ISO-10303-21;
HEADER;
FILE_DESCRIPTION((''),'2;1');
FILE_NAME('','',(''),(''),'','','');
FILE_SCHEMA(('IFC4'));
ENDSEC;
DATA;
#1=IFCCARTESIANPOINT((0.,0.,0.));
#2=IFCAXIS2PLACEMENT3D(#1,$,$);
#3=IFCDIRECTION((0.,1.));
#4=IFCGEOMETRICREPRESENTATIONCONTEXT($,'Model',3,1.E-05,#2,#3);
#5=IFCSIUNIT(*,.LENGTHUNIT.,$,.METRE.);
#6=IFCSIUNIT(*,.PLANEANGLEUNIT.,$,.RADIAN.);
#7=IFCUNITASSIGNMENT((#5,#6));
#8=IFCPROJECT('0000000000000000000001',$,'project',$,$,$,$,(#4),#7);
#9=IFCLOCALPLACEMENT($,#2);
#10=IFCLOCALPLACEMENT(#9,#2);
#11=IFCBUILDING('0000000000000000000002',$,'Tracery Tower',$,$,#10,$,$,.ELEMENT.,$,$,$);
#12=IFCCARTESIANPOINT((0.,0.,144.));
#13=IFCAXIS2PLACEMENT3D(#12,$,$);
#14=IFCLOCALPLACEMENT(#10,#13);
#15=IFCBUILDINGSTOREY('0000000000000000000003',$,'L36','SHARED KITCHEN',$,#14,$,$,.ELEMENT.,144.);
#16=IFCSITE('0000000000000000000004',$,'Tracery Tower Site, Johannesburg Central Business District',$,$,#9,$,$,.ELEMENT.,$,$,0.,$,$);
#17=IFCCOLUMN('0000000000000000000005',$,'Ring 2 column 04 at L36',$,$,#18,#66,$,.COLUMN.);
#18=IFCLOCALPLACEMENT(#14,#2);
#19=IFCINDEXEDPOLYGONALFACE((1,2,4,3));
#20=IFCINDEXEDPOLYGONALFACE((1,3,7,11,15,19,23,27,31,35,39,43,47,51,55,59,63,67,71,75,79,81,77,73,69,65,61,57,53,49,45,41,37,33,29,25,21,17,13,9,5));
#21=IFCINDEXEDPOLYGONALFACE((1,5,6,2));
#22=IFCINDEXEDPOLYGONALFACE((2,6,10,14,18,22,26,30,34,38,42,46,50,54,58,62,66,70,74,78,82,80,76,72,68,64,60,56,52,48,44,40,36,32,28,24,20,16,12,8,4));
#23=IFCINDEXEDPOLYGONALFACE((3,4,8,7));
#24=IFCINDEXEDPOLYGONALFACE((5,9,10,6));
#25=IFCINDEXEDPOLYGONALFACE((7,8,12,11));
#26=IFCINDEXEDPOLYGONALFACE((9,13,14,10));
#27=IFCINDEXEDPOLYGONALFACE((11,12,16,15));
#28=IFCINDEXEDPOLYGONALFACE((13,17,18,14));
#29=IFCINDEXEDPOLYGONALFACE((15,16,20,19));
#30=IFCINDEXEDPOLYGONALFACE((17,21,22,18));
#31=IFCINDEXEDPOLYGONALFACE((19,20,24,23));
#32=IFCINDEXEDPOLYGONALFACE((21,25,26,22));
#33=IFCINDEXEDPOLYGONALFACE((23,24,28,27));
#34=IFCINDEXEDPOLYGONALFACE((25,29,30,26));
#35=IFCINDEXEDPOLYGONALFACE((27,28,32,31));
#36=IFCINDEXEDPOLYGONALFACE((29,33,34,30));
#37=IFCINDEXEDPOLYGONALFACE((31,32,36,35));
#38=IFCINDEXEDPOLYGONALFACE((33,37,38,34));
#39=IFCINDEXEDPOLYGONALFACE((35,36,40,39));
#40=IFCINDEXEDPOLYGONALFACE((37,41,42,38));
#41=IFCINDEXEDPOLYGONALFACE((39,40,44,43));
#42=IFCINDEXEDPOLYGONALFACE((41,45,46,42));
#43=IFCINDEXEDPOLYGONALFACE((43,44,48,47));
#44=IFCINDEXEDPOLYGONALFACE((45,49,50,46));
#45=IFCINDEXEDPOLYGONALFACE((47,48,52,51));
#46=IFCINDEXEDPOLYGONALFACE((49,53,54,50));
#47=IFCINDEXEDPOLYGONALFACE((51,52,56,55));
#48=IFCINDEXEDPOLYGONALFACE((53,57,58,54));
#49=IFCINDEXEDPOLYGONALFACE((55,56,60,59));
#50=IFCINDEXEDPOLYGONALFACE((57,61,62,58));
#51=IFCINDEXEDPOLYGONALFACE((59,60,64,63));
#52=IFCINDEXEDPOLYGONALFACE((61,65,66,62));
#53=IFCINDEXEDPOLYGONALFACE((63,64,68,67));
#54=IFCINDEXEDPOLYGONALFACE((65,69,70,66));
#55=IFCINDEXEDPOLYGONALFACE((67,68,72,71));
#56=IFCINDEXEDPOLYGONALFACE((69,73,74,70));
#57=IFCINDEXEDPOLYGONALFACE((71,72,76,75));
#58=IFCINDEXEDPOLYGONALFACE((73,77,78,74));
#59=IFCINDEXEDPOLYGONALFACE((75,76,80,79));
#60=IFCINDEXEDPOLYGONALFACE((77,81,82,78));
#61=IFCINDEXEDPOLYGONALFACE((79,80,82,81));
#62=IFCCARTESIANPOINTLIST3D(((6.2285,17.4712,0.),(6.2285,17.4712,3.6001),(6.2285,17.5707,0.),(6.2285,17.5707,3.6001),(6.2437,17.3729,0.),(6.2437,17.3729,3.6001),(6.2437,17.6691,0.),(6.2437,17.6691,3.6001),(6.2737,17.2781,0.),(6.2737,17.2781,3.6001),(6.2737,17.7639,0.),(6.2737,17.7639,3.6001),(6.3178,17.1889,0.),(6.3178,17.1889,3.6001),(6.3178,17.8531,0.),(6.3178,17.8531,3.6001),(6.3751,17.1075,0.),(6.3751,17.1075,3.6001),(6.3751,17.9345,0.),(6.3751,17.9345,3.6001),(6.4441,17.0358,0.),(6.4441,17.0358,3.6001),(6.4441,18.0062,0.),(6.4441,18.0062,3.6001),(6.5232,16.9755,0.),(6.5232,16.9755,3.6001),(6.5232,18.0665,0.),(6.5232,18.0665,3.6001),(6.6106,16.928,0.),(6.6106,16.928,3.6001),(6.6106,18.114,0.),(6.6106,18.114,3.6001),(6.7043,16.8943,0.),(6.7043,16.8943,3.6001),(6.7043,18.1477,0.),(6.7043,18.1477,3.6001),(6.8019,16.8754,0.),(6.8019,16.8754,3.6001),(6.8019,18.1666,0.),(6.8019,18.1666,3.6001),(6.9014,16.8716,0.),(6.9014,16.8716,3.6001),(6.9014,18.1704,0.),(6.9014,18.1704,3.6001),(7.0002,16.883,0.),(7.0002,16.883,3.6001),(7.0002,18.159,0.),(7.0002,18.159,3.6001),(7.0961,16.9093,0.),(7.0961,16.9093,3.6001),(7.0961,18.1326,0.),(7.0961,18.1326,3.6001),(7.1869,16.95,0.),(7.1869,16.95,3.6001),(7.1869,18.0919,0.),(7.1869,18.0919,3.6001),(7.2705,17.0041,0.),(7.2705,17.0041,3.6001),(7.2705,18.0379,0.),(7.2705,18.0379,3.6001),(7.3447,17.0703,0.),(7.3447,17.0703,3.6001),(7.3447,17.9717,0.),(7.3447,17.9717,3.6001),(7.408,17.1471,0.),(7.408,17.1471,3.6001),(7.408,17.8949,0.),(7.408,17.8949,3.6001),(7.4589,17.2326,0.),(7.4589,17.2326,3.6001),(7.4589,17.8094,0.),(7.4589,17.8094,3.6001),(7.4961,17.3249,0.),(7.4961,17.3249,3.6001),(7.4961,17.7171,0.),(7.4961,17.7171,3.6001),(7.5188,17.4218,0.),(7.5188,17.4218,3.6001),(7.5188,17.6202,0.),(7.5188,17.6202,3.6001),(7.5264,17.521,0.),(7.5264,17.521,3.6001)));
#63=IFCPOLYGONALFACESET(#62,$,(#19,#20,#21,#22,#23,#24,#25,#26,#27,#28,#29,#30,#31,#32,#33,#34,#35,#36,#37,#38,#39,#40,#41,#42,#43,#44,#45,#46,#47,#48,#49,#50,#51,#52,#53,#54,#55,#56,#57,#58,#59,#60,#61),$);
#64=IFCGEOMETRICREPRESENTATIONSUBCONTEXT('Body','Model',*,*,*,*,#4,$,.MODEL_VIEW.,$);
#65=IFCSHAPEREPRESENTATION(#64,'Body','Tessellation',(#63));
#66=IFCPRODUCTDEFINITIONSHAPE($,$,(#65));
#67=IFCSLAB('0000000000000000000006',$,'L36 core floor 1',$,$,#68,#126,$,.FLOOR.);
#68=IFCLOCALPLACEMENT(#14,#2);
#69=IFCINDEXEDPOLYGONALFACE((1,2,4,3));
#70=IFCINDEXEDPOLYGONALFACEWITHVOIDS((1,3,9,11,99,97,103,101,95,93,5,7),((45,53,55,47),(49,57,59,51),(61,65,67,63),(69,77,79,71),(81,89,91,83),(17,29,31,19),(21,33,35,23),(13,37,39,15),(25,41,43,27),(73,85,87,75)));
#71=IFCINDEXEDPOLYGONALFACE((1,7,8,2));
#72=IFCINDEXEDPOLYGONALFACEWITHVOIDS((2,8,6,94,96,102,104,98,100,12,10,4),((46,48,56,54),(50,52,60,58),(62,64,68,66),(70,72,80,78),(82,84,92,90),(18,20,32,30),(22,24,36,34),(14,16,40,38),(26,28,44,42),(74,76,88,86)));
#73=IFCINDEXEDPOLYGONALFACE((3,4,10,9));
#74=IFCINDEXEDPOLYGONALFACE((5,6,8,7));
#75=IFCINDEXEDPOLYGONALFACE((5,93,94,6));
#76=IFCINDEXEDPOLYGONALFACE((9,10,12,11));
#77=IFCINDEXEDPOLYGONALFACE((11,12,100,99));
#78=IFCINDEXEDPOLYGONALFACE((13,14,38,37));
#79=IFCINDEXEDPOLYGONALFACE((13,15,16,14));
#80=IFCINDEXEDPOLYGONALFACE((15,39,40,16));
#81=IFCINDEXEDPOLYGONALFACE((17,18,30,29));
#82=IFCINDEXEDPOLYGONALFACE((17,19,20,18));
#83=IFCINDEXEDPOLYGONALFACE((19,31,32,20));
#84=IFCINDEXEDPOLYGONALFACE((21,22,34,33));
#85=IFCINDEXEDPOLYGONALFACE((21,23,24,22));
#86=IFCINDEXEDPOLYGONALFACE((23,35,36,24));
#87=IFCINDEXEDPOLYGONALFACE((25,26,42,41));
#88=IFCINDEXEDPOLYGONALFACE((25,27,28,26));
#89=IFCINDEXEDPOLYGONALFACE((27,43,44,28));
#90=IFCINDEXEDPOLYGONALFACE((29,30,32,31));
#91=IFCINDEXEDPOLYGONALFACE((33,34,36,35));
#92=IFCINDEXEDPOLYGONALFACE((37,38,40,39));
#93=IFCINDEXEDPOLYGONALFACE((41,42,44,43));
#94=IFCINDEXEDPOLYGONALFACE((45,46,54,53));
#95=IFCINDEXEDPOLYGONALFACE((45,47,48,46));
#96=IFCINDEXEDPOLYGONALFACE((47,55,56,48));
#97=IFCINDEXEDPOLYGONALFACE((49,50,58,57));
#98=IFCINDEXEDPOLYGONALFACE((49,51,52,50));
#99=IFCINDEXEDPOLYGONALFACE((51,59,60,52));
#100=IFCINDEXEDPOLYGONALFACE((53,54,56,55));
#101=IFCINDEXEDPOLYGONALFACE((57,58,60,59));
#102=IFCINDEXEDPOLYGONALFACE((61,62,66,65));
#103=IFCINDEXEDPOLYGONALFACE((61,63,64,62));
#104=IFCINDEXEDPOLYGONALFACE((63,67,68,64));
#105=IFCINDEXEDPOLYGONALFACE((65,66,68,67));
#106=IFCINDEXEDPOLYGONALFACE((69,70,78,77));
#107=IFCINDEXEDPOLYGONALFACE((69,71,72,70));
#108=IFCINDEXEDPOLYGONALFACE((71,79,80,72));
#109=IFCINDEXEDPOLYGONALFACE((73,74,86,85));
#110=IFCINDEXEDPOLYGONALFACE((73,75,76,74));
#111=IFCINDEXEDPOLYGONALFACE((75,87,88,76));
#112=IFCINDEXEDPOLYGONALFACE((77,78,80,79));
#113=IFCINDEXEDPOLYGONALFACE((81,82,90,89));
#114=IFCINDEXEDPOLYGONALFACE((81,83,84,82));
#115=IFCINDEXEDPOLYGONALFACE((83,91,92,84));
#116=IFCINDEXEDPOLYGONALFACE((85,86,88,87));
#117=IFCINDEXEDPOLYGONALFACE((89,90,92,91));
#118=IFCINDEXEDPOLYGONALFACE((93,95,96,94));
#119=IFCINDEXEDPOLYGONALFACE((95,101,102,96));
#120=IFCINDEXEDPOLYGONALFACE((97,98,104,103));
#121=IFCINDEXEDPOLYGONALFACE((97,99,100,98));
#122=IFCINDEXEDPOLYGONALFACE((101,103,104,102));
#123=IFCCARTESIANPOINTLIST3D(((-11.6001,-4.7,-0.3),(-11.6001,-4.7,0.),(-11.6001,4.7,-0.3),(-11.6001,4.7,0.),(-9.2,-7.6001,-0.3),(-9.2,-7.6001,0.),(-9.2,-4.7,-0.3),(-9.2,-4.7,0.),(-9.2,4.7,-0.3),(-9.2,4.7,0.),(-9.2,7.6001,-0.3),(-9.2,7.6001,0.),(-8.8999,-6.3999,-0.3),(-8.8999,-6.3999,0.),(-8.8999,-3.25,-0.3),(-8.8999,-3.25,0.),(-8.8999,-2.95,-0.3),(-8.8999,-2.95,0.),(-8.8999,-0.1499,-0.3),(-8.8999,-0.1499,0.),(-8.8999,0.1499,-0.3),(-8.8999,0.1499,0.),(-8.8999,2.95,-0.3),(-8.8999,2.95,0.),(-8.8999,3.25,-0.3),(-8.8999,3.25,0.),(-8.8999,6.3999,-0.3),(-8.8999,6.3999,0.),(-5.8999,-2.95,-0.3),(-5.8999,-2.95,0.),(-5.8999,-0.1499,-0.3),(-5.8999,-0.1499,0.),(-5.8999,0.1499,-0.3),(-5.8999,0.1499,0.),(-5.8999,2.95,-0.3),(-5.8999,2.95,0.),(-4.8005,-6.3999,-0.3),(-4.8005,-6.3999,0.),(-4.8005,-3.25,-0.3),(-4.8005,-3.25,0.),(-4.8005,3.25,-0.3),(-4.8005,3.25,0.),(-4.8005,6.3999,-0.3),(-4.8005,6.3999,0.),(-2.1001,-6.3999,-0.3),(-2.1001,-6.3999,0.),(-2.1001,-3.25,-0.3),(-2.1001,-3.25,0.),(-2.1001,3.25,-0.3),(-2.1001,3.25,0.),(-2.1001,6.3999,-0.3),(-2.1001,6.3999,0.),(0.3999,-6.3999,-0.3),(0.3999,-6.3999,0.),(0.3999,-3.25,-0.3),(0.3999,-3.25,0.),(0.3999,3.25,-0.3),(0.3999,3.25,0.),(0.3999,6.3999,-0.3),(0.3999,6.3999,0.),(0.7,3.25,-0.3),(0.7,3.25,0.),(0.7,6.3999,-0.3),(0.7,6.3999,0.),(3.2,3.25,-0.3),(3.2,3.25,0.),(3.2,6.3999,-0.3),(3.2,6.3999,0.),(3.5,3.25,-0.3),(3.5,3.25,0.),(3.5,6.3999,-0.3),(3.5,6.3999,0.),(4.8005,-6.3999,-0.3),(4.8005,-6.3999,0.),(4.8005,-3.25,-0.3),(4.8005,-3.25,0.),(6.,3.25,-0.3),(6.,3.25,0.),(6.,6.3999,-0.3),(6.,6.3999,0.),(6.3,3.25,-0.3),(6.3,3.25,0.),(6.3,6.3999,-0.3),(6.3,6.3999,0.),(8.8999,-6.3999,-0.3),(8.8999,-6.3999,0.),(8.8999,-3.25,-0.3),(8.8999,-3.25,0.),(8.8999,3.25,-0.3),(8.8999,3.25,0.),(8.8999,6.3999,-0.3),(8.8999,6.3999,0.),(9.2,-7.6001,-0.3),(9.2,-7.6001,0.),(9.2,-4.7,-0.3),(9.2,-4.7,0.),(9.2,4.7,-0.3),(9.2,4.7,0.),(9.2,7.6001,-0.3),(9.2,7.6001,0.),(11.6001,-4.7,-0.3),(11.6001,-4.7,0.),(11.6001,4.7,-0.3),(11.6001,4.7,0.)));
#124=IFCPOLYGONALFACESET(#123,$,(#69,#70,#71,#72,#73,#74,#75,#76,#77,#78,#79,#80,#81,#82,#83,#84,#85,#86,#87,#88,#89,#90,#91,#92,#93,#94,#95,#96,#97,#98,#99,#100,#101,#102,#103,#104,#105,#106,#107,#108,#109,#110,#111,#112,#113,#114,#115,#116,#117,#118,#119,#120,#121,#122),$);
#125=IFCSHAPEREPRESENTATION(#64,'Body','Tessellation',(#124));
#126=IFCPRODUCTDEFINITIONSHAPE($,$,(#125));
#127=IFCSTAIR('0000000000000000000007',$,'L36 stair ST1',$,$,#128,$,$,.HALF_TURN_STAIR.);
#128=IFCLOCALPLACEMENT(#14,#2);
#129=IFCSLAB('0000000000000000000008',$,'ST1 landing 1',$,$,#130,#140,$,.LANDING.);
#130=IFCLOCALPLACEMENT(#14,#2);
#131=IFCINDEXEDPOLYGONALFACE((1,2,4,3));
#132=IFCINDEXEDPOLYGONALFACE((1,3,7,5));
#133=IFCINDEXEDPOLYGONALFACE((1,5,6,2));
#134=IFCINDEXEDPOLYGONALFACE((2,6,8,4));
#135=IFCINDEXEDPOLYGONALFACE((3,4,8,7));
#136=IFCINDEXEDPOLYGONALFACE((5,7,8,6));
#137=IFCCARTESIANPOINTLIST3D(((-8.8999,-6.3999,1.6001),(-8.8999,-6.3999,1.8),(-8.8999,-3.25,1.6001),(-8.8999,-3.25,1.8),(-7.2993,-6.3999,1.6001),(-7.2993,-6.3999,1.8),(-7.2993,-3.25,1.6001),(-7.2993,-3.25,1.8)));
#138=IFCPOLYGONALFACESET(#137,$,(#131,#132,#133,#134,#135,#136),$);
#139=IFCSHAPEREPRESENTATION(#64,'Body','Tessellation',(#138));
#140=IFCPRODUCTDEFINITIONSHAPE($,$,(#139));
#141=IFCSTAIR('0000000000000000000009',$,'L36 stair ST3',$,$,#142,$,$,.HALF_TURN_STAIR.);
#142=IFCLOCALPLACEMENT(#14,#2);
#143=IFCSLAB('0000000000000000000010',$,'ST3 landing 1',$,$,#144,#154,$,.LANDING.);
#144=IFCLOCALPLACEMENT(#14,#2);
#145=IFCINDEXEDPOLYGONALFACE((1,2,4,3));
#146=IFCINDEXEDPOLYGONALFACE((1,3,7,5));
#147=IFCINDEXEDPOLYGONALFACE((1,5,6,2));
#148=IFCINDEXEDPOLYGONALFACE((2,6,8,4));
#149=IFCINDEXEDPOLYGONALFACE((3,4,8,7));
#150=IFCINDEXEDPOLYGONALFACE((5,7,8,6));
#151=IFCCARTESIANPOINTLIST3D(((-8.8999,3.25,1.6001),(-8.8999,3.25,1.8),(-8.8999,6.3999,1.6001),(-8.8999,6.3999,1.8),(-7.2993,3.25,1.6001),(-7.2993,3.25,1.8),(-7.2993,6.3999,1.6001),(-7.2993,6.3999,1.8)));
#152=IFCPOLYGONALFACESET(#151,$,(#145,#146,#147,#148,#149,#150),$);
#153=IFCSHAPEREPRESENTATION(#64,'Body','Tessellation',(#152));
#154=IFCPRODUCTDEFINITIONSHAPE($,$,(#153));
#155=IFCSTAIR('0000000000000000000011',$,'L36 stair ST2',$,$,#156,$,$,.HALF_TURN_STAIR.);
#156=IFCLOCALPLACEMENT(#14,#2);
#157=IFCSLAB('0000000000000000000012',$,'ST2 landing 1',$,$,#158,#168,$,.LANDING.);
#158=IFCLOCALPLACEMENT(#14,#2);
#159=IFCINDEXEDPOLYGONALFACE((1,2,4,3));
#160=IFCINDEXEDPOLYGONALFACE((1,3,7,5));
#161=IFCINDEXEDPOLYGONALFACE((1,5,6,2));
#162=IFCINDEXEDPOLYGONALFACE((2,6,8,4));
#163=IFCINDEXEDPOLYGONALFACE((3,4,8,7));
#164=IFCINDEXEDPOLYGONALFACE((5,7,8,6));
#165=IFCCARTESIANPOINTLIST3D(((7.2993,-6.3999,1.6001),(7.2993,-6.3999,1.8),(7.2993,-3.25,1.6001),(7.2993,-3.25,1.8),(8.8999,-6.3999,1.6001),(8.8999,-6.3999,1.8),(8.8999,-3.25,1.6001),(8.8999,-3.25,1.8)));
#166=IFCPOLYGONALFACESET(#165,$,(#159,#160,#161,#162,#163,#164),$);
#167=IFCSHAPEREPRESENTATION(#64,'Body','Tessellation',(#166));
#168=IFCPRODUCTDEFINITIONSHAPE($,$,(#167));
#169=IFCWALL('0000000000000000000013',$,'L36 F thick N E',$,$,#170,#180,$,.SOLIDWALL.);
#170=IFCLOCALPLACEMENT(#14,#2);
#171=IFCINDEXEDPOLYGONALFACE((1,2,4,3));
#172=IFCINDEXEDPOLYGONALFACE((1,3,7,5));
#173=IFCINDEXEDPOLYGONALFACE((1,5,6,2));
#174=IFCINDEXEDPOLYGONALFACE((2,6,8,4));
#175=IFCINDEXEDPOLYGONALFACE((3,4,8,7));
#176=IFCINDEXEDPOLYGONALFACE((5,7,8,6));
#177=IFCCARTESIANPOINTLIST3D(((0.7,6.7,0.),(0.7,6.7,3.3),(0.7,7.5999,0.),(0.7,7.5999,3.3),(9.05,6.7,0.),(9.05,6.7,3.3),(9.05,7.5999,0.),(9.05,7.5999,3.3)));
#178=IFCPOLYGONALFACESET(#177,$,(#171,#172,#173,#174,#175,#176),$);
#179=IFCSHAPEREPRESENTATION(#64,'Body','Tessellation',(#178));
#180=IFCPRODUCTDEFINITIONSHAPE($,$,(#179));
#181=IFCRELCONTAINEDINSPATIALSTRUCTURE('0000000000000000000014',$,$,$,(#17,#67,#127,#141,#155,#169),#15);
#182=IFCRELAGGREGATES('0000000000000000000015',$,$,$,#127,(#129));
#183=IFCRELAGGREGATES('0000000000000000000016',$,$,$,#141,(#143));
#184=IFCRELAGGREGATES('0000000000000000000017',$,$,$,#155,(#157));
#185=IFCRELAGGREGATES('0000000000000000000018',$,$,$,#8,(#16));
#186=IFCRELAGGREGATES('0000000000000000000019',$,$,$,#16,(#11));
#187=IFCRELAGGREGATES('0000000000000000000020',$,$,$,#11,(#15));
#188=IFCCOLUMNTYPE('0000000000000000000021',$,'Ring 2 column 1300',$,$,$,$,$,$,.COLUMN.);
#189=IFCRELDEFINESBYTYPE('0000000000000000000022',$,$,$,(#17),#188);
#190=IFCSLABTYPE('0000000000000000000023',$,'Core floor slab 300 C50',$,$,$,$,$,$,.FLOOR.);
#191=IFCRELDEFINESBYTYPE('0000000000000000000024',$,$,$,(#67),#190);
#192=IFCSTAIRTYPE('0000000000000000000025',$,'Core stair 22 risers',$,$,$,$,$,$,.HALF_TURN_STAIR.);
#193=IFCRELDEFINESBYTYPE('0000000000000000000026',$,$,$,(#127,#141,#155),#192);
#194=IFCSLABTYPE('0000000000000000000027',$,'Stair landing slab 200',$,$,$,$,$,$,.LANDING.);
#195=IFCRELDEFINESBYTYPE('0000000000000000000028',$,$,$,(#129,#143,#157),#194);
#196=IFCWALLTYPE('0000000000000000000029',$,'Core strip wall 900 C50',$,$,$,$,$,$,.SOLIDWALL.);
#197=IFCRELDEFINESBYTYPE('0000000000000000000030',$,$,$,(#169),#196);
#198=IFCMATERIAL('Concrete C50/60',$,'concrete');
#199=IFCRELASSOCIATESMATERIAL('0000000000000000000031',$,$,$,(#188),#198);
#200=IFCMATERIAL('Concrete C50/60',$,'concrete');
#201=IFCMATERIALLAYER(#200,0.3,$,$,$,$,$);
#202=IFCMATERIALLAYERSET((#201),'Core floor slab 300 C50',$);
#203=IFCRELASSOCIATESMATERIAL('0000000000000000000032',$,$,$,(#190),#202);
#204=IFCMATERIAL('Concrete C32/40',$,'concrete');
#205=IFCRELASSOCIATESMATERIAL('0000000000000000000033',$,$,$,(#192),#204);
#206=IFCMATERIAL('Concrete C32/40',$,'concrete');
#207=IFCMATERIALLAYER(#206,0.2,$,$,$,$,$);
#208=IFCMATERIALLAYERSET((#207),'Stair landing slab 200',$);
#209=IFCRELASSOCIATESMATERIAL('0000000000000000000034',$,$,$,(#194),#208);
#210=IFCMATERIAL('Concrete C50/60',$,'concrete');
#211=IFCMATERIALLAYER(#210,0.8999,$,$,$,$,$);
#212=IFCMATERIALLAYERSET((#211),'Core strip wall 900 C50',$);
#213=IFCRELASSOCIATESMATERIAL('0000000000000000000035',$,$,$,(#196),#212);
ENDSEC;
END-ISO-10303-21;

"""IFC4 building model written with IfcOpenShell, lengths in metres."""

from ifc_helpers import new_model, si_unit, direction, frame, frame_2d, origin, origin_2d, place, context, subcontext, project, spatial, polyline, rectangle, circle, outline, extrude, material, layer, layer_set, material_profile, profile_set, type_object, element, aggregate, save


model = new_model("IFC4")

# Units and contexts
model_context = context("Model", 3, precision=1e-05, world=origin(), true_north=direction((0.0, 1.0)))
body_context = subcontext(model_context, "Body", "Model", "MODEL_VIEW")
ifc_project = project(units=[si_unit("LENGTHUNIT", "METRE"), si_unit("PLANEANGLEUNIT", "RADIAN")], contexts=[model_context])

# Site, building, storey
site_placement = place(None, origin())
site = spatial("IfcSite", under=ifc_project, at=site_placement, Name="Tracery Tower Site, Johannesburg Central Business District", CompositionType="ELEMENT", RefElevation=0.0)
building_placement = place(site_placement, origin())
building = spatial("IfcBuilding", under=site, at=building_placement, Name="Tracery Tower", CompositionType="ELEMENT")
storey_placement = place(building_placement, frame((0.0, 0.0, 144.0)))
storey = spatial("IfcBuildingStorey", under=building, at=storey_placement, Name="L36", Description="SHARED KITCHEN", CompositionType="ELEMENT", Elevation=144.0)

# Column
ifc_material_1 = material(Name="Concrete C50/60", Category="concrete")
ifc_material_profile = material_profile(ifc_material_1, circle(Radius=0.6499, at=origin_2d()), Name="RC D1300")
ifc_profile_set = profile_set([ifc_material_profile], Name="Concrete C50/60")
column_type = type_object("IfcColumnType", Name="Ring 2 column 1300", PredefinedType="COLUMN", material=ifc_profile_set)
column_placement = place(storey_placement, frame((6.8765, 17.521, 0.0), z_axis=(0.0, 0.0, 1.0), x_axis=(1.0, 0.0, 0.0)))
element("IfcColumn", 1, at=column_placement, inside=storey, type_object=column_type, Name="Ring 2 column 04 at L36", PredefinedType="COLUMN", context=body_context, shape_type="SweptSolid", body=[
    extrude(circle(Radius=0.6499, at=origin_2d()), origin(), (0.0, 0.0, 1.0), 3.6001),
])

# Slab
ifc_material_2 = material(Name="Concrete C50/60", Category="concrete")
ifc_layer_1 = layer(ifc_material_2, 0.3)
ifc_layer_set_1 = layer_set([ifc_layer_1], Name="Core floor slab 300 C50")
slab_type_1 = type_object("IfcSlabType", Name="Core floor slab 300 C50", PredefinedType="FLOOR", material=ifc_layer_set_1)
slab_1_placement = place(storey_placement, frame((0.0, 0.0, -0.3)))
element("IfcSlab", 2, at=slab_1_placement, inside=storey, type_object=slab_type_1, Name="L36 core floor 1", PredefinedType="FLOOR", context=body_context, shape_type="SweptSolid", body=[
    extrude(outline(polyline([(-9.2, 7.6001), (9.2, 7.6001), (9.2, 4.7), (11.6001, 4.7), (11.6001, -4.7), (9.2, -4.7), (9.2, -7.6001), (-9.2, -7.6001), (-9.2, -4.7), (-11.6001, -4.7), (-11.6001, 4.7), (-9.2, 4.7), (-9.2, 7.6001)]), holes=[polyline([(4.8005, -6.3999), (8.8999, -6.3999), (8.8999, -3.25), (4.8005, -3.25), (4.8005, -6.3999)]), polyline([(8.8999, 3.25), (8.8999, 6.3999), (6.3, 6.3999), (6.3, 3.25), (8.8999, 3.25)]), polyline([(6.0, 3.25), (6.0, 6.3999), (3.5, 6.3999), (3.5, 3.25), (6.0, 3.25)]), polyline([(3.2, 3.25), (3.2, 6.3999), (0.7, 6.3999), (0.7, 3.25), (3.2, 3.25)]), polyline([(-2.1001, 3.25), (0.3999, 3.25), (0.3999, 6.3999), (-2.1001, 6.3999), (-2.1001, 3.25)]), polyline([(0.3999, -6.3999), (0.3999, -3.25), (-2.1001, -3.25), (-2.1001, -6.3999), (0.3999, -6.3999)]), polyline([(-4.8005, -3.25), (-8.8999, -3.25), (-8.8999, -6.3999), (-4.8005, -6.3999), (-4.8005, -3.25)]), polyline([(-4.8005, 6.3999), (-8.8999, 6.3999), (-8.8999, 3.25), (-4.8005, 3.25), (-4.8005, 6.3999)]), polyline([(-5.8999, -2.95), (-5.8999, -0.1499), (-8.8999, -0.1499), (-8.8999, -2.95), (-5.8999, -2.95)]), polyline([(-5.8999, 0.1499), (-5.8999, 2.95), (-8.8999, 2.95), (-8.8999, 0.1499), (-5.8999, 0.1499)])]), origin(), (0.0, 0.0, 1.0), 0.3),
])

# Stairs, slabs
ifc_material_3 = material(Name="Concrete C32/40", Category="concrete")
stair_type = type_object("IfcStairType", Name="Core stair 22 risers", PredefinedType="HALF_TURN_STAIR", material=ifc_material_3)
stair_1_placement = place(storey_placement, origin())
stair_1 = element("IfcStair", 3, at=stair_1_placement, inside=storey, type_object=stair_type, Name="L36 stair ST1", PredefinedType="HALF_TURN_STAIR")
ifc_material_4 = material(Name="Concrete C32/40", Category="concrete")
ifc_layer_2 = layer(ifc_material_4, 0.2)
ifc_layer_set_2 = layer_set([ifc_layer_2], Name="Stair landing slab 200")
slab_type_2 = type_object("IfcSlabType", Name="Stair landing slab 200", PredefinedType="LANDING", material=ifc_layer_set_2)
slab_2_placement = place(storey_placement, frame((0.0, 0.0, 1.6001)))
slab_2 = element("IfcSlab", 4, at=slab_2_placement, type_object=slab_type_2, Name="ST1 landing 1", PredefinedType="LANDING", context=body_context, shape_type="SweptSolid", body=[
    extrude(outline(polyline([(-7.2993, -3.25), (-8.8999, -3.25), (-8.8999, -6.3999), (-7.2993, -6.3999), (-7.2993, -3.25)])), origin(), (0.0, 0.0, 1.0), 0.2),
])
aggregate(stair_1, [slab_2])
stair_2_placement = place(storey_placement, origin())
stair_2 = element("IfcStair", 5, at=stair_2_placement, inside=storey, type_object=stair_type, Name="L36 stair ST3", PredefinedType="HALF_TURN_STAIR")
slab_3_placement = place(storey_placement, frame((0.0, 0.0, 1.6001)))
slab_3 = element("IfcSlab", 6, at=slab_3_placement, type_object=slab_type_2, Name="ST3 landing 1", PredefinedType="LANDING", context=body_context, shape_type="SweptSolid", body=[
    extrude(outline(polyline([(-7.2993, 6.3999), (-8.8999, 6.3999), (-8.8999, 3.25), (-7.2993, 3.25), (-7.2993, 6.3999)])), origin(), (0.0, 0.0, 1.0), 0.2),
])
aggregate(stair_2, [slab_3])
stair_3_placement = place(storey_placement, origin())
stair_3 = element("IfcStair", 7, at=stair_3_placement, inside=storey, type_object=stair_type, Name="L36 stair ST2", PredefinedType="HALF_TURN_STAIR")
slab_4_placement = place(storey_placement, frame((0.0, 0.0, 1.6001)))
slab_4 = element("IfcSlab", 8, at=slab_4_placement, type_object=slab_type_2, Name="ST2 landing 1", PredefinedType="LANDING", context=body_context, shape_type="SweptSolid", body=[
    extrude(outline(polyline([(7.2993, -6.3999), (8.8999, -6.3999), (8.8999, -3.25), (7.2993, -3.25), (7.2993, -6.3999)])), origin(), (0.0, 0.0, 1.0), 0.2),
])
aggregate(stair_3, [slab_4])

# Wall
ifc_material_5 = material(Name="Concrete C50/60", Category="concrete")
ifc_layer_3 = layer(ifc_material_5, 0.8999)
ifc_layer_set_3 = layer_set([ifc_layer_3], Name="Core strip wall 900 C50")
wall_type_1 = type_object("IfcWallType", Name="Core strip wall 900 C50", PredefinedType="SOLIDWALL", material=ifc_layer_set_3)
wall_1_placement = place(storey_placement, frame((0.7, 7.1499, 0.0), z_axis=(0.0, 0.0, 1.0), x_axis=(1.0, 0.0, 0.0)))
element("IfcWall", 9, at=wall_1_placement, inside=storey, type_object=wall_type_1, Name="L36 F thick N E", PredefinedType="SOLIDWALL", context=body_context, shape_type="SweptSolid", body=[
    extrude(rectangle(XDim=8.3501, YDim=0.8999, at=frame_2d((4.175, 0.0))), origin(), (0.0, 0.0, 1.0), 3.3),
])

save(model, "model.ifc")
